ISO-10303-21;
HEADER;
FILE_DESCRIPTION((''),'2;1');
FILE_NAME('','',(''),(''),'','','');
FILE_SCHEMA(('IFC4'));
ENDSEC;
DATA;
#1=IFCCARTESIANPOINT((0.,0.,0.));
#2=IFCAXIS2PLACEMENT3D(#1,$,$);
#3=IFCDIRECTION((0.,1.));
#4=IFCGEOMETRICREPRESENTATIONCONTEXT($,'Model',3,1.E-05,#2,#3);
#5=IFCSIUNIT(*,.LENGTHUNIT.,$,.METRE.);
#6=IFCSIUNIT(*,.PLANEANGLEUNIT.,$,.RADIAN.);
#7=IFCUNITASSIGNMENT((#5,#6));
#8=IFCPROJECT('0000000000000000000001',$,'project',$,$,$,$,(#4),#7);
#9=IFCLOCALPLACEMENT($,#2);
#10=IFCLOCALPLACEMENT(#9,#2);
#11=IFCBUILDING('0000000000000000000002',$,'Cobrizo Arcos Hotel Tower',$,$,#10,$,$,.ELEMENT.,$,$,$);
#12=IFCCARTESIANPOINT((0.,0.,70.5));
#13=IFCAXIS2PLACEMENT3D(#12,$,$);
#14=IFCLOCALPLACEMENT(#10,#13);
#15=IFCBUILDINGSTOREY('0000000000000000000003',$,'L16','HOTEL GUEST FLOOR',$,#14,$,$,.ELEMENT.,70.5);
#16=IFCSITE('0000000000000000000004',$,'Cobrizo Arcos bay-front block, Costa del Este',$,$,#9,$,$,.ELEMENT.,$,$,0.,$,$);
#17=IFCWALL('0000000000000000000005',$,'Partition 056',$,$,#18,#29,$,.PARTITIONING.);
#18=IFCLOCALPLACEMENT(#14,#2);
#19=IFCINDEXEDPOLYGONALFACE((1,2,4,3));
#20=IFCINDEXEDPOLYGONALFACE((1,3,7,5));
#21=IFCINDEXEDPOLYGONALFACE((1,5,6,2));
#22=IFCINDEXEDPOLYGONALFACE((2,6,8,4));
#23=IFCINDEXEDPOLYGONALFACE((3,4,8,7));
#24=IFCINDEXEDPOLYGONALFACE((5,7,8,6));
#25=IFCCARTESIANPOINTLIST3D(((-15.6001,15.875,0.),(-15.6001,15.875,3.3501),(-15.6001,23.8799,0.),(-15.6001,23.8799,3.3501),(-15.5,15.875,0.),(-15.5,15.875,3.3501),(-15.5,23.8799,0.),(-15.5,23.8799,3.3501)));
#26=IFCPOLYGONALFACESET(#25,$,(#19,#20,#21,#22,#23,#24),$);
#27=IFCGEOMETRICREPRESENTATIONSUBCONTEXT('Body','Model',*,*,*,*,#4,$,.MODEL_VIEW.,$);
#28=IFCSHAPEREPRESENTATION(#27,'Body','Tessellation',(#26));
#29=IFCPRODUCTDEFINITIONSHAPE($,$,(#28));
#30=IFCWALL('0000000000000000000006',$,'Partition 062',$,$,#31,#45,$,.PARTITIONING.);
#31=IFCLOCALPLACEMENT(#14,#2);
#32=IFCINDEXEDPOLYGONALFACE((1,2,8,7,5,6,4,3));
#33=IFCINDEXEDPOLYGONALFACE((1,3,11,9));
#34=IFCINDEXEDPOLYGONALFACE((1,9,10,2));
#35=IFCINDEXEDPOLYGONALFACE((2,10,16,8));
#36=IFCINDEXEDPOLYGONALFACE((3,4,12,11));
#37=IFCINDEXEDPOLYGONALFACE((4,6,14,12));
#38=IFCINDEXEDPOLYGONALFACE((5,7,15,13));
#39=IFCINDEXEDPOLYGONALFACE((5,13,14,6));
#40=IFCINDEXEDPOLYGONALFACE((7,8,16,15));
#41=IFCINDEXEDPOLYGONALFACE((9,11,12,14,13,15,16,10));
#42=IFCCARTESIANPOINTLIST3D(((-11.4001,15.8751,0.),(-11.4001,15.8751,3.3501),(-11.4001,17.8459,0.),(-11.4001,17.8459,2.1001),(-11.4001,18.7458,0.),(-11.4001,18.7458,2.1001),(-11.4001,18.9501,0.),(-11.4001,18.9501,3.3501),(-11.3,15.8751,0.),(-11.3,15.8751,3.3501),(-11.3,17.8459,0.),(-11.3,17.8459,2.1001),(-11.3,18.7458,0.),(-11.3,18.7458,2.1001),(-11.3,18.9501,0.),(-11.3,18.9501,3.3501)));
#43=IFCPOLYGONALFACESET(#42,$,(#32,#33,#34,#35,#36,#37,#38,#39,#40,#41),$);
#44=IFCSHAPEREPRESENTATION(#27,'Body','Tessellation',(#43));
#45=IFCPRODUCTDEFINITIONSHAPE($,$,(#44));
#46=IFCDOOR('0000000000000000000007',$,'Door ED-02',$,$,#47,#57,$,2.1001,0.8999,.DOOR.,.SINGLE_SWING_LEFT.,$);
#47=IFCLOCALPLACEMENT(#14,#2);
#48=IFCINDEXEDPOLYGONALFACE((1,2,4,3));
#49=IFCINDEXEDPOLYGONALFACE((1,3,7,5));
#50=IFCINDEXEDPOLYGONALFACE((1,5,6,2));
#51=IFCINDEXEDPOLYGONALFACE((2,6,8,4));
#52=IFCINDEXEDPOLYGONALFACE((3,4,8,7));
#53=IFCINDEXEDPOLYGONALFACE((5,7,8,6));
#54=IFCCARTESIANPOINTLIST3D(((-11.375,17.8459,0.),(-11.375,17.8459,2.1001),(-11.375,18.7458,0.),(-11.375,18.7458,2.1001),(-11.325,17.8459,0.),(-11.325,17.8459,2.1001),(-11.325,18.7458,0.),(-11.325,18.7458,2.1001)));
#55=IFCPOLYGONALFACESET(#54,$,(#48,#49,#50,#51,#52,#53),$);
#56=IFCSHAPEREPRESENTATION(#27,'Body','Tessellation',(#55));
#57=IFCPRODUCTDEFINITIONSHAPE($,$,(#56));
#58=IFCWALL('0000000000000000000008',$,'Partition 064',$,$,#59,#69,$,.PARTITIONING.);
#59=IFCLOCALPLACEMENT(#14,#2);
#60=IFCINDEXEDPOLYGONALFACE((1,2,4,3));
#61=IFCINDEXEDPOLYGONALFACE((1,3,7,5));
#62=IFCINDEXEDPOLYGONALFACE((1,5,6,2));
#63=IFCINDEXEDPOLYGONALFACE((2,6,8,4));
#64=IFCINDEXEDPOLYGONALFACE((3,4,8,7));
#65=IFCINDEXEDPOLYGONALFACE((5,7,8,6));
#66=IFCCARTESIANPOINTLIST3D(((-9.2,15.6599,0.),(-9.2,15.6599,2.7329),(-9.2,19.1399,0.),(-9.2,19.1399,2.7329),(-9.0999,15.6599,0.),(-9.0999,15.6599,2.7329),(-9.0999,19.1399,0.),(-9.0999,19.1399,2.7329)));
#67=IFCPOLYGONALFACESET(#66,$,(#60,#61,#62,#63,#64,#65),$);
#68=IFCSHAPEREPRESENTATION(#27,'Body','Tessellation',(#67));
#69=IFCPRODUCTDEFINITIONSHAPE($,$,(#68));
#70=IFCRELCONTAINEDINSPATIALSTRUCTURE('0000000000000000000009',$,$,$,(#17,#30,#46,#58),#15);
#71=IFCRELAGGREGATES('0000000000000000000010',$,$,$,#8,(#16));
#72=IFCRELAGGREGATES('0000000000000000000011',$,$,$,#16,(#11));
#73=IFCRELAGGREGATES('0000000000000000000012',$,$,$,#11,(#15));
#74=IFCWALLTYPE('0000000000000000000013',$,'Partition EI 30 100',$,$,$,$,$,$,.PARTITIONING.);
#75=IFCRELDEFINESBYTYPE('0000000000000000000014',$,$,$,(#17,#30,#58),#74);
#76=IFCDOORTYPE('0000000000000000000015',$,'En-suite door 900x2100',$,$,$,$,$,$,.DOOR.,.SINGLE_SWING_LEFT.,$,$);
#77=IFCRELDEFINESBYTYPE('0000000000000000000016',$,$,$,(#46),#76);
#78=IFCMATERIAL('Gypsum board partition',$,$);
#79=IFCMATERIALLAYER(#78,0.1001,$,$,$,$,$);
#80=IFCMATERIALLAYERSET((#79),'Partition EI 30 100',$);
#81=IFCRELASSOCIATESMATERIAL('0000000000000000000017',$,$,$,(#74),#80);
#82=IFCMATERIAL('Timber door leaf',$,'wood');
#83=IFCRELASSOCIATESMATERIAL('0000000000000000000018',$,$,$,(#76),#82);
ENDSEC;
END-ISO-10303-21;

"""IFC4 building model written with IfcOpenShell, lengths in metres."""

from ifc_helpers import new_model, si_unit, direction, frame, frame_2d, origin, place, context, subcontext, project, spatial, rectangle, extrude, material, layer, layer_set, type_object, element, fill, save


model = new_model("IFC4")

# Units and contexts
model_context = context("Model", 3, precision=1e-05, world=origin(), true_north=direction((0.0, 1.0)))
body_context = subcontext(model_context, "Body", "Model", "MODEL_VIEW")
ifc_project = project(units=[si_unit("LENGTHUNIT", "METRE"), si_unit("PLANEANGLEUNIT", "RADIAN")], contexts=[model_context])

# Site, building, storey
site_placement = place(None, origin())
site = spatial("IfcSite", under=ifc_project, at=site_placement, Name="Cobrizo Arcos bay-front block, Costa del Este", CompositionType="ELEMENT", RefElevation=0.0)
building_placement = place(site_placement, origin())
building = spatial("IfcBuilding", under=site, at=building_placement, Name="Cobrizo Arcos Hotel Tower", CompositionType="ELEMENT")
storey_placement = place(building_placement, frame((0.0, 0.0, 70.5)))
storey = spatial("IfcBuildingStorey", under=building, at=storey_placement, Name="L16", Description="HOTEL GUEST FLOOR", CompositionType="ELEMENT", Elevation=70.5)

# Wall
ifc_material_1 = material(Name="Gypsum board partition")
ifc_layer_1 = layer(ifc_material_1, 0.1001)
ifc_layer_set_1 = layer_set([ifc_layer_1], Name="Partition EI 30 100")
wall_type = type_object("IfcWallType", Name="Partition EI 30 100", PredefinedType="PARTITIONING", material=ifc_layer_set_1)
wall_1_placement = place(storey_placement, frame((-15.55, 15.875, 0.0), z_axis=(0.0, 0.0, 1.0), x_axis=(0.0, 1.0, 0.0)))
element("IfcWall", 1, at=wall_1_placement, inside=storey, type_object=wall_type, Name="Partition 056", PredefinedType="PARTITIONING", context=body_context, shape_type="SweptSolid", body=[
    extrude(rectangle(XDim=8.0049, YDim=0.1001, at=frame_2d((4.0024, 0.0))), origin(), (0.0, 0.0, 1.0), 3.3501),
])

# Wall, opening, door
wall_2_placement = place(storey_placement, frame((-11.3501, 15.875, 0.0), z_axis=(0.0, 0.0, 1.0), x_axis=(0.0, 1.0, 0.0)))
wall_2 = element("IfcWall", 2, at=wall_2_placement, inside=storey, type_object=wall_type, Name="Partition 062", PredefinedType="PARTITIONING", context=body_context, shape_type="SweptSolid", body=[
    extrude(rectangle(XDim=3.075, YDim=0.1001, at=frame_2d((1.5376, 0.0))), origin(), (0.0, 0.0, 1.0), 3.3501),
])
opening_placement = place(wall_2_placement, frame((1.9709, 0.0, 0.0)))
opening = element("IfcOpeningElement", 3, at=opening_placement, cuts=wall_2, PredefinedType="OPENING", context=body_context, shape_type="SweptSolid", body=[
    extrude(rectangle(XDim=0.8999, YDim=2.1001, at=frame_2d((0.45, 1.05))), frame((0.0, 0.062, 0.0), z_axis=(0.0, -1.0, 0.0), x_axis=(1.0, 0.0, 0.0)), (0.0, 0.0, 1.0), 0.124),
])
ifc_material_2 = material(Name="Timber door leaf", Category="wood")
door_type = type_object("IfcDoorType", Name="En-suite door 900x2100", OperationType="SINGLE_SWING_LEFT", PredefinedType="DOOR", material=ifc_material_2)
door_placement = place(opening_placement, origin())
door = element("IfcDoor", 4, at=door_placement, inside=storey, type_object=door_type, Name="Door ED-02", OperationType="SINGLE_SWING_LEFT", OverallHeight=2.1001, OverallWidth=0.8999, PredefinedType="DOOR", context=body_context, shape_type="SweptSolid", body=[
    extrude(rectangle(XDim=0.8999, YDim=2.1001, at=frame_2d((0.45, 1.05))), frame((0.0, 0.0249, 0.0), z_axis=(0.0, -1.0, 0.0), x_axis=(1.0, 0.0, 0.0)), (0.0, 0.0, 1.0), 0.05),
])
fill(opening, door)

# Wall
wall_3_placement = place(storey_placement, frame((-9.1499, 15.6599, 0.0), z_axis=(0.0, 0.0, 1.0), x_axis=(0.0, 1.0, 0.0)))
element("IfcWall", 5, at=wall_3_placement, inside=storey, type_object=wall_type, Name="Partition 064", PredefinedType="PARTITIONING", context=body_context, shape_type="SweptSolid", body=[
    extrude(rectangle(XDim=3.48, YDim=0.1001, at=frame_2d((1.74, 0.0))), origin(), (0.0, 0.0, 1.0), 2.7329),
])

save(model, "model.ifc")
